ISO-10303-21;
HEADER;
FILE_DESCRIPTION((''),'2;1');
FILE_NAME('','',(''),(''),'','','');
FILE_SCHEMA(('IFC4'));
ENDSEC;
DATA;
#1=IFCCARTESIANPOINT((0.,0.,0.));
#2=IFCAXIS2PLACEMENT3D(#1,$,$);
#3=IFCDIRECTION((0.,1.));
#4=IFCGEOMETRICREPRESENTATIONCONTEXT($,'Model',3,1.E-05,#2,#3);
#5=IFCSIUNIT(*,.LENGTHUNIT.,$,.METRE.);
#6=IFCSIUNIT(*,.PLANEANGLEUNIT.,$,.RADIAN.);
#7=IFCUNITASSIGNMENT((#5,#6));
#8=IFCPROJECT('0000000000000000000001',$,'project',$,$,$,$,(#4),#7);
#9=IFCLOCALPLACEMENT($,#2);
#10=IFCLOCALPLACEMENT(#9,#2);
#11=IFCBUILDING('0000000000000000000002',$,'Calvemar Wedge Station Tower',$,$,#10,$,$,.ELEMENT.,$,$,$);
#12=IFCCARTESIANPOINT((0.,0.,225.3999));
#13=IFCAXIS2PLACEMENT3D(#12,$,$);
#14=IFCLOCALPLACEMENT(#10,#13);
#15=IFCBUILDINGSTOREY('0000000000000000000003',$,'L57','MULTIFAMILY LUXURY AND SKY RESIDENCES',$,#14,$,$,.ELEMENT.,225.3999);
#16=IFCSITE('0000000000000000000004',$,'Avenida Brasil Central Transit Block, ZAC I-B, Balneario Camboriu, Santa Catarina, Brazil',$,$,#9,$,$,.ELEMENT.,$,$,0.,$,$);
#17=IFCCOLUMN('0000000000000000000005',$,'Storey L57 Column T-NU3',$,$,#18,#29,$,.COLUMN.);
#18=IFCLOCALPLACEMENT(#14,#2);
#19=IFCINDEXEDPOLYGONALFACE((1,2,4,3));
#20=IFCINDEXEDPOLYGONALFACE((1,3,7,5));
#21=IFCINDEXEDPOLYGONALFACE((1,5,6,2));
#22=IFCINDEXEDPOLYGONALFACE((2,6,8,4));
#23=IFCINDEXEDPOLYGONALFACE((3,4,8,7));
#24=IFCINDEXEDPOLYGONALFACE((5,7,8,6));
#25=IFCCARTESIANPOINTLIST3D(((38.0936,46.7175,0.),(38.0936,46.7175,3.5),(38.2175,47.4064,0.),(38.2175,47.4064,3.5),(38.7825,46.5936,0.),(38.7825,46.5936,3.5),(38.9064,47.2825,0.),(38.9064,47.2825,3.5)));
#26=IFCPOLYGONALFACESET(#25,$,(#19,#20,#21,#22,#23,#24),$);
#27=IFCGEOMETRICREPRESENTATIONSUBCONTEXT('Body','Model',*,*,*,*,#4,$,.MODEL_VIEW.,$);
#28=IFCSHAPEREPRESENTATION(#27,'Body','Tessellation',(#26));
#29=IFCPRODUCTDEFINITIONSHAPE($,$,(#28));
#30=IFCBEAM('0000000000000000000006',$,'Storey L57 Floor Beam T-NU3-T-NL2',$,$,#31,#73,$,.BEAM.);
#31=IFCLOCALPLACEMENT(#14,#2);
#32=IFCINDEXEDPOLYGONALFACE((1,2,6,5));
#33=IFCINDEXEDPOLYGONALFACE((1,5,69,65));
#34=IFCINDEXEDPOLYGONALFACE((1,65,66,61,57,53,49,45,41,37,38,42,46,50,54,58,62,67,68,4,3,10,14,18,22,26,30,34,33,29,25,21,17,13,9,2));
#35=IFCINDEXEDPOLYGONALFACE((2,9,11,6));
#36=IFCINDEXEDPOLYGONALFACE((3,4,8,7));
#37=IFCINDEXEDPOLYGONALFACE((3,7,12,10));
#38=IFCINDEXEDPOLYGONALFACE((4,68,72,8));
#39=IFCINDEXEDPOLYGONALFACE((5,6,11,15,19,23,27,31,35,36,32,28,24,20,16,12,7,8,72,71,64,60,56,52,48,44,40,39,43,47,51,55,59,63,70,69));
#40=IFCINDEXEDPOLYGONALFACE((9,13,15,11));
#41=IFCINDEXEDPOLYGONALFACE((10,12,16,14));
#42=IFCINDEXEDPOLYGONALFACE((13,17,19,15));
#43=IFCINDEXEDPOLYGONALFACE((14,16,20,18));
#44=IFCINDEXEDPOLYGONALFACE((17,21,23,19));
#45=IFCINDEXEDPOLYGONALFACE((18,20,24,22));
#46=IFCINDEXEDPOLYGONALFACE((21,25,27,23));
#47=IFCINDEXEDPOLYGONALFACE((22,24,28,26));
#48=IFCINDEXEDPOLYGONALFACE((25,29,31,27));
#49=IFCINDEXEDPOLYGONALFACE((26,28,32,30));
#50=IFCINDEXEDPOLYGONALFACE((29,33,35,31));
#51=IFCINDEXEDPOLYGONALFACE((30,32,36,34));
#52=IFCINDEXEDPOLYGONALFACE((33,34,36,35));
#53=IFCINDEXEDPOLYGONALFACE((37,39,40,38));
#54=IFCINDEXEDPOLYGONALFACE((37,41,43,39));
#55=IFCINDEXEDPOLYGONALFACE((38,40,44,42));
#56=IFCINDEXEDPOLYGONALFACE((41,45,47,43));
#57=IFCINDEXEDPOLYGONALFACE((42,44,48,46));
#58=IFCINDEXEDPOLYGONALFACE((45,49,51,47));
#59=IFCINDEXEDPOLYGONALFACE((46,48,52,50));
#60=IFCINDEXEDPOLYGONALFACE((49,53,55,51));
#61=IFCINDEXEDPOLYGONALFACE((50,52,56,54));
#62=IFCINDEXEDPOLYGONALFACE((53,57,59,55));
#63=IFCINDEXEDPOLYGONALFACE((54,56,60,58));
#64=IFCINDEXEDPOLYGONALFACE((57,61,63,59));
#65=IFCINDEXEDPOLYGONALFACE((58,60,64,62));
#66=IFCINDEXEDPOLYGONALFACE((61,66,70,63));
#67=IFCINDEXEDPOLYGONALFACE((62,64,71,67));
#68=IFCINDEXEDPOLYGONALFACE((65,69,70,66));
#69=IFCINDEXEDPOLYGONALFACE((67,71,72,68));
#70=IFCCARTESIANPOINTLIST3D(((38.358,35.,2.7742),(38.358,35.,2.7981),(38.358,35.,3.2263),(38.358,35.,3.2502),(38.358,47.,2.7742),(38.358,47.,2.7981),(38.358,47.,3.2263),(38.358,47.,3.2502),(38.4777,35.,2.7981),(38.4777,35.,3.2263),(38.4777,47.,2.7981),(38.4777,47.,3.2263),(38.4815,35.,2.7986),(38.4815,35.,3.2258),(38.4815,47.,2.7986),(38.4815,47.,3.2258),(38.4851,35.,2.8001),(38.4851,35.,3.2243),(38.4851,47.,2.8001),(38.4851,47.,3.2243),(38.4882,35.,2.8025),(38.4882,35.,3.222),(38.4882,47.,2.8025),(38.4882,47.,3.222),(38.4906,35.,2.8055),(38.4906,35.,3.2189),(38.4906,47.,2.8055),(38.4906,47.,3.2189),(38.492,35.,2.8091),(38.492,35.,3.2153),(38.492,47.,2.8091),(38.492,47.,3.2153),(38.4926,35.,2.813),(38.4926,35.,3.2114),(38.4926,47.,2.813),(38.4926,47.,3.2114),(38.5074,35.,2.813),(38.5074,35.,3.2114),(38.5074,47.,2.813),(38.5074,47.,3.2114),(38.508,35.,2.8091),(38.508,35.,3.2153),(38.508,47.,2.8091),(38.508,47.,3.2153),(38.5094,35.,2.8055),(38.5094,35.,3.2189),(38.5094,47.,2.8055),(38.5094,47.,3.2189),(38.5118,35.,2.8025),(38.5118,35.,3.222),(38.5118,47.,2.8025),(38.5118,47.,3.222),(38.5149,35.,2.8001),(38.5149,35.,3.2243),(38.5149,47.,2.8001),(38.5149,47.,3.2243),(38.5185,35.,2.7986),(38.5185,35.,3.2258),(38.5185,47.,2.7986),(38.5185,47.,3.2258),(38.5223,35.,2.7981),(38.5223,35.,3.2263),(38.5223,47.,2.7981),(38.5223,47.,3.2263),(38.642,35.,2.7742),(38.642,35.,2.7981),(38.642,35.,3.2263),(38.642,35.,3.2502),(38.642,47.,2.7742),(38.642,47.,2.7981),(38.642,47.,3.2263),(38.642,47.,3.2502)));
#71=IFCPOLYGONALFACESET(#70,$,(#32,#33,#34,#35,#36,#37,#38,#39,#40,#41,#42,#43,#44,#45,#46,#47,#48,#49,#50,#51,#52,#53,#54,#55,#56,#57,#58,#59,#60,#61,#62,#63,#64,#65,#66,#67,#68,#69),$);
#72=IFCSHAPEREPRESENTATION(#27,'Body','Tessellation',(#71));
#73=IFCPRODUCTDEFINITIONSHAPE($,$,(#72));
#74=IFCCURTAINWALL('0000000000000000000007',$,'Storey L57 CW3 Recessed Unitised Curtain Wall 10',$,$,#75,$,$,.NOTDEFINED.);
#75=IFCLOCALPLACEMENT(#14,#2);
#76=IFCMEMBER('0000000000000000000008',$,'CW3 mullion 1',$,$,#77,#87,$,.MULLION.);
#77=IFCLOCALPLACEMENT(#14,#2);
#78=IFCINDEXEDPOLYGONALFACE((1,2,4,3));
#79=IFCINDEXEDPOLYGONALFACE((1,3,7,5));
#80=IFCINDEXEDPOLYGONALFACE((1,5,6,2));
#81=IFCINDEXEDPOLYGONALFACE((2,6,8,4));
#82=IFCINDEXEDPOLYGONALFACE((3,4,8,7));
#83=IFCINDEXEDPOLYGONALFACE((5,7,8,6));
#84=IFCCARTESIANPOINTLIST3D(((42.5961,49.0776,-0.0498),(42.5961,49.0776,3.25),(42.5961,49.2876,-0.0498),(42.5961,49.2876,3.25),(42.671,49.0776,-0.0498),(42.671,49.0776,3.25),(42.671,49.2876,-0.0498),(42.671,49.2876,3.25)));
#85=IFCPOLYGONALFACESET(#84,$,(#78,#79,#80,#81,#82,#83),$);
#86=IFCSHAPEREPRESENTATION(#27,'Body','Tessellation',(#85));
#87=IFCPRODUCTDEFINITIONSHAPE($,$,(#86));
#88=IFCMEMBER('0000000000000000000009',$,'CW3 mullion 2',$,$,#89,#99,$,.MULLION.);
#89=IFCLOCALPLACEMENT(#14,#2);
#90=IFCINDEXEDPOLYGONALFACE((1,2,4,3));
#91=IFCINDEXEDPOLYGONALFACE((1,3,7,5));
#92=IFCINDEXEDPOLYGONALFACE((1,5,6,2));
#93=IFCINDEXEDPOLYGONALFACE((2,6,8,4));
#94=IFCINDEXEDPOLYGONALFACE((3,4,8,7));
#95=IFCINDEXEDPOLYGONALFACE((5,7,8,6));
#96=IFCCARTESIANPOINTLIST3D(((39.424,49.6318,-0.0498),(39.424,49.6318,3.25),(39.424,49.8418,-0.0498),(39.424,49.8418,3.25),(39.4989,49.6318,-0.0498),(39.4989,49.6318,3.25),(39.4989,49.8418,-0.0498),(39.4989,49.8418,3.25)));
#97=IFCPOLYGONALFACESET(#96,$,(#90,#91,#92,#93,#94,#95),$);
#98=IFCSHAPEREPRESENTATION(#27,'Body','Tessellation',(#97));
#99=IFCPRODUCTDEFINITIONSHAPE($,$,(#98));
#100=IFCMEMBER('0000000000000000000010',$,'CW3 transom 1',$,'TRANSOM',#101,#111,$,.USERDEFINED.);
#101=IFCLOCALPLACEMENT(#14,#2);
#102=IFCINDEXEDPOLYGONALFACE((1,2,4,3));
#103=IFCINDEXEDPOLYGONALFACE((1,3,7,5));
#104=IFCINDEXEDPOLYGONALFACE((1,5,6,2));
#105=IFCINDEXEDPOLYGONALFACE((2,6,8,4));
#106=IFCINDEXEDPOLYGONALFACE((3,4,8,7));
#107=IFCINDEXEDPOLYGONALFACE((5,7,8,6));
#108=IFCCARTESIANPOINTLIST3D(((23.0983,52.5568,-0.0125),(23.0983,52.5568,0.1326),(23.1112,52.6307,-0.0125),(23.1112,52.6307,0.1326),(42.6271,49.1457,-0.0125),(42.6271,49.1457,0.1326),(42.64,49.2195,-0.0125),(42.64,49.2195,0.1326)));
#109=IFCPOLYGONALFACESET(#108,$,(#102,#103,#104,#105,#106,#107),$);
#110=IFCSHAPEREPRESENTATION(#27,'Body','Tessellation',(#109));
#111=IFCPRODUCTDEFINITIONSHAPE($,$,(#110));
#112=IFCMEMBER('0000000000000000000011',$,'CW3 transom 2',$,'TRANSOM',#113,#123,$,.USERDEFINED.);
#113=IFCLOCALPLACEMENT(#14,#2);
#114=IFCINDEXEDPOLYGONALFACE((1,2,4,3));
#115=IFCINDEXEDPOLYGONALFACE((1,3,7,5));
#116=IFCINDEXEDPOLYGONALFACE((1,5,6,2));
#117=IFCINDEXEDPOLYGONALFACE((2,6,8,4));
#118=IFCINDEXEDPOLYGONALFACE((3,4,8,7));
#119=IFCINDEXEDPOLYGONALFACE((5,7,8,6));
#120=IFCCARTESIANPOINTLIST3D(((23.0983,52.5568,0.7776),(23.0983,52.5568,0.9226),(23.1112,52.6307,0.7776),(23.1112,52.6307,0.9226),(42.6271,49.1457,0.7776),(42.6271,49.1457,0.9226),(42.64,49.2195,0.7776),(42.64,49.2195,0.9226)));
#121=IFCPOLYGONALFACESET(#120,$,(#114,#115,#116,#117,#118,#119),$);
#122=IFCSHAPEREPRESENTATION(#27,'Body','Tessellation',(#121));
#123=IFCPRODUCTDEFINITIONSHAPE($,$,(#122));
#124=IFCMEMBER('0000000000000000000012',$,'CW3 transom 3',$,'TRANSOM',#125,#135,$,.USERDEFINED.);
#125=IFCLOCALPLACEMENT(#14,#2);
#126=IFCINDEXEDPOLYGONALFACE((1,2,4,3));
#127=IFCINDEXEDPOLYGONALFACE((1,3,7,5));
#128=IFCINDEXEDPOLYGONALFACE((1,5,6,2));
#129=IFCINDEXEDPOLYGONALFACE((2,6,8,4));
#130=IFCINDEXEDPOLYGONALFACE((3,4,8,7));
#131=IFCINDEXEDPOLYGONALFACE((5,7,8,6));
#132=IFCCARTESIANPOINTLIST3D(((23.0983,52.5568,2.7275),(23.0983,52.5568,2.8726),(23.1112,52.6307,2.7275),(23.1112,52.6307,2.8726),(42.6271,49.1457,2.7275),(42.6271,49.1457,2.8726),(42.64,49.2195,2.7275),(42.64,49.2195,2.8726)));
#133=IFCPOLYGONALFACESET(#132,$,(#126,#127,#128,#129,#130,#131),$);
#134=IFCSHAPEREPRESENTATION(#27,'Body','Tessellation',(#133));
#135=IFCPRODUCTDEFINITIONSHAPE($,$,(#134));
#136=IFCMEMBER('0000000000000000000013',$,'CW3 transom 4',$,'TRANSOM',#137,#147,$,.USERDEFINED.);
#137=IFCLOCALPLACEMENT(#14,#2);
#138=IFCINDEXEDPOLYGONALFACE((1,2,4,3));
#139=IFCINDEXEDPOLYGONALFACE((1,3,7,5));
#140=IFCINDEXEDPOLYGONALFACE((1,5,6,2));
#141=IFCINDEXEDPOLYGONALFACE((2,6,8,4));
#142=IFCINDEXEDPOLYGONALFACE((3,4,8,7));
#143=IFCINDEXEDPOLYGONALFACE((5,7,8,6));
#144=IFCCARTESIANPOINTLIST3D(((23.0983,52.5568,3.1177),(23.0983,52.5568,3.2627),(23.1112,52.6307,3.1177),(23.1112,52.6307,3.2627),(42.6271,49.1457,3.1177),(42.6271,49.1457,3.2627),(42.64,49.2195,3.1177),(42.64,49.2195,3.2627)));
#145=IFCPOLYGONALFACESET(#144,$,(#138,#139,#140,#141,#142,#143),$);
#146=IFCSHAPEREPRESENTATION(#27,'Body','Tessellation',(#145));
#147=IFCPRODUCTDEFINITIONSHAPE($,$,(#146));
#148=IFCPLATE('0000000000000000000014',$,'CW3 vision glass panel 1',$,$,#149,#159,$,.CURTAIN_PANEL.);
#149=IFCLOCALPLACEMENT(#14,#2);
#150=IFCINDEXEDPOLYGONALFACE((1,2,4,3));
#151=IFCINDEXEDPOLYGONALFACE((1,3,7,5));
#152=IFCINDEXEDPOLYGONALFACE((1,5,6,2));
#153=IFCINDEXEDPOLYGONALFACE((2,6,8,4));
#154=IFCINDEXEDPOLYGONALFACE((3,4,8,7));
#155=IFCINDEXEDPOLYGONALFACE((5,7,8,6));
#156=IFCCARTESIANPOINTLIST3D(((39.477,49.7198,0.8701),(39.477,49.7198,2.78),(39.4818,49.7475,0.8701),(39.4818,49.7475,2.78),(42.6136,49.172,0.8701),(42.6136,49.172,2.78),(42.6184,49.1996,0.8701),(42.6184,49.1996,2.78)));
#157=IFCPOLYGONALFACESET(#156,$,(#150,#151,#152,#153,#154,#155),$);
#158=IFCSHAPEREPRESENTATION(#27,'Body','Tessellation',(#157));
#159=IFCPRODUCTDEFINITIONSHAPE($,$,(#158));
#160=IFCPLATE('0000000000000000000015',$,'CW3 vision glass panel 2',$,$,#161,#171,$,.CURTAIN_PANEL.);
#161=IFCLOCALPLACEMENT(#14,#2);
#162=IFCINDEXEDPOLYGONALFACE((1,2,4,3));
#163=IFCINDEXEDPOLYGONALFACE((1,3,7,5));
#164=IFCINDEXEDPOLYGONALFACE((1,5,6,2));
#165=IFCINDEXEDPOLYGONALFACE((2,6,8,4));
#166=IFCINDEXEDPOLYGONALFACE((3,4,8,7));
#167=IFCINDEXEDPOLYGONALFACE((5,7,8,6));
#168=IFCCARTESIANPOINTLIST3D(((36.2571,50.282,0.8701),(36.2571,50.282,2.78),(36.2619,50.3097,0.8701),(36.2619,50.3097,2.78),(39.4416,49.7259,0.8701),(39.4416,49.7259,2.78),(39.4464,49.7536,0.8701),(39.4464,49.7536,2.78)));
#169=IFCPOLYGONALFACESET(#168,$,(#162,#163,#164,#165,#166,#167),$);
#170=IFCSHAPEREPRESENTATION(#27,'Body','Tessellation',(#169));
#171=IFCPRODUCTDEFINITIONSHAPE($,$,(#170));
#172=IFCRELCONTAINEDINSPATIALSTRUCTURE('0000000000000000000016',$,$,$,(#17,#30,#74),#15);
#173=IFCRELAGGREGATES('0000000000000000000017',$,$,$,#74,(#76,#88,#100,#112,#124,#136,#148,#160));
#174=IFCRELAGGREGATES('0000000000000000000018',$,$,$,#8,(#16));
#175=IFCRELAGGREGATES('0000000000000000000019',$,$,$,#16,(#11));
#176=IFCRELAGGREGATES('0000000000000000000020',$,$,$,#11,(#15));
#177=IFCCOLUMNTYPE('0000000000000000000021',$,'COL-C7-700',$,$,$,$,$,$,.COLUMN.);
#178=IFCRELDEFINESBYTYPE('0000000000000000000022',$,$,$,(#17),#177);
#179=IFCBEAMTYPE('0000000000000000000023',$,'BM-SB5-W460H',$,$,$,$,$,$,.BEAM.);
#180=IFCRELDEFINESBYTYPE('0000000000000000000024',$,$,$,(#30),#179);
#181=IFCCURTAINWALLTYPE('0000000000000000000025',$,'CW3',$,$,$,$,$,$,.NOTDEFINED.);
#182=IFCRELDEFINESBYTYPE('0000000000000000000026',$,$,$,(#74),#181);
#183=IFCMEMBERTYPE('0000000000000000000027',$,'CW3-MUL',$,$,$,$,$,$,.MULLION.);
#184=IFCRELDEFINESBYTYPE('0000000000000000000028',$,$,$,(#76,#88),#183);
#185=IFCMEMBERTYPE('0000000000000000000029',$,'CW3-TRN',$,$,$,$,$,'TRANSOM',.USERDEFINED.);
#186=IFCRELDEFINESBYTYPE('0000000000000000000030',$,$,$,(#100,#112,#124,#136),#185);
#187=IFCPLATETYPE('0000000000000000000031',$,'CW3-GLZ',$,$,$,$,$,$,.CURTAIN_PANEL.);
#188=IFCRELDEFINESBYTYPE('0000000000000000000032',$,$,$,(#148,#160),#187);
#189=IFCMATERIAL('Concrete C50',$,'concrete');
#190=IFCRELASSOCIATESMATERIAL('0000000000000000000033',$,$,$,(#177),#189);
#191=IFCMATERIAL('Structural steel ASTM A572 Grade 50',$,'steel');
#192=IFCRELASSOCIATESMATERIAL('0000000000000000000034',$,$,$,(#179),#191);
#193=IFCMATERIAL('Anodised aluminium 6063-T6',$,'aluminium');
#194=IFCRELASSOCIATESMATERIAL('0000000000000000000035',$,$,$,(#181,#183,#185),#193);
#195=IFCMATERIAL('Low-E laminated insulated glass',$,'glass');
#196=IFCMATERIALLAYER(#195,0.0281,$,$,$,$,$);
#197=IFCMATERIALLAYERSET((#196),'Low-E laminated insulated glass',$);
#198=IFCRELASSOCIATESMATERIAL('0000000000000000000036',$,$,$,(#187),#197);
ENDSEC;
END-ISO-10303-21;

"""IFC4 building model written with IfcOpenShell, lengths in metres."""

from ifc_helpers import new_model, si_unit, direction, frame, frame_2d, origin, origin_2d, place, context, subcontext, project, spatial, rectangle, i_section, extrude, source, transform, mapped, material, layer, layer_set, material_profile, profile_set, type_object, element, aggregate, save


model = new_model("IFC4")

# Units and contexts
model_context = context("Model", 3, precision=1e-05, world=origin(), true_north=direction((0.0, 1.0)))
body_context = subcontext(model_context, "Body", "Model", "MODEL_VIEW")
ifc_project = project(units=[si_unit("LENGTHUNIT", "METRE"), si_unit("PLANEANGLEUNIT", "RADIAN")], contexts=[model_context])

# Site, building, storey
site_placement = place(None, origin())
site = spatial("IfcSite", under=ifc_project, at=site_placement, Name="Avenida Brasil Central Transit Block, ZAC I-B, Balneario Camboriu, Santa Catarina, Brazil", CompositionType="ELEMENT", RefElevation=0.0)
building_placement = place(site_placement, origin())
building = spatial("IfcBuilding", under=site, at=building_placement, Name="Calvemar Wedge Station Tower", CompositionType="ELEMENT")
storey_placement = place(building_placement, frame((0.0, 0.0, 225.3999)))
storey = spatial("IfcBuildingStorey", under=building, at=storey_placement, Name="L57", Description="MULTIFAMILY LUXURY AND SKY RESIDENCES", CompositionType="ELEMENT", Elevation=225.3999)

# Column
ifc_material_1 = material(Name="Concrete C50", Category="concrete")
ifc_material_profile_1 = material_profile(ifc_material_1, rectangle(XDim=0.7, YDim=0.7, at=origin_2d()), Name="RC700x700")
ifc_profile_set_1 = profile_set([ifc_material_profile_1], Name="Concrete C50")
column_type = type_object("IfcColumnType", Name="COL-C7-700", PredefinedType="COLUMN", material=ifc_profile_set_1)
shared_shape_1 = source(origin(), body_context, "Body", "SweptSolid", [
    extrude(rectangle(XDim=0.7, YDim=0.7, at=origin_2d()), origin(), (0.0, 0.0, 1.0), 3.5),
])
column_placement = place(storey_placement, frame((38.5, 47.0, 0.0), z_axis=(0.0, 0.0, 1.0), x_axis=(0.984196, -0.177085, 0.0)))
element("IfcColumn", 1, at=column_placement, inside=storey, type_object=column_type, Name="Storey L57 Column T-NU3", PredefinedType="COLUMN", context=body_context, shape_type="MappedRepresentation", body=[
    mapped(shared_shape_1, transform((0.0, 0.0, 0.0), scale=1.0)),
])

# Beam
ifc_material_2 = material(Name="Structural steel ASTM A572 Grade 50", Category="steel")
ifc_material_profile_2 = material_profile(ifc_material_2, i_section(OverallWidth=0.2839, OverallDepth=0.4761, WebThickness=0.0149, FlangeThickness=0.0239, FilletRadius=0.0149, at=origin_2d()), Name="W460x158")
ifc_profile_set_2 = profile_set([ifc_material_profile_2], Name="Structural steel ASTM A572 Grade 50")
beam_type = type_object("IfcBeamType", Name="BM-SB5-W460H", PredefinedType="BEAM", material=ifc_profile_set_2)
shared_shape_2 = source(origin(), body_context, "Body", "SweptSolid", [
    extrude(i_section(OverallWidth=0.2839, OverallDepth=0.4761, WebThickness=0.0149, FlangeThickness=0.0239, FilletRadius=0.0149, at=origin_2d()), origin(), (0.0, 0.0, 1.0), 12.0),
])
beam_placement = place(storey_placement, frame((38.5, 47.0, 3.0122), z_axis=(0.0, -1.0, 0.0), x_axis=(1.0, 0.0, 0.0)))
element("IfcBeam", 2, at=beam_placement, inside=storey, type_object=beam_type, Name="Storey L57 Floor Beam T-NU3-T-NL2", PredefinedType="BEAM", context=body_context, shape_type="MappedRepresentation", body=[
    mapped(shared_shape_2, transform((0.0, 0.0, 0.0), scale=1.0)),
])

# Curtain wall, members, plates
ifc_material_3 = material(Name="Anodised aluminium 6063-T6", Category="aluminium")
curtain_wall_type = type_object("IfcCurtainWallType", Name="CW3", PredefinedType="NOTDEFINED", material=ifc_material_3)
curtain_wall_placement = place(storey_placement, origin())
curtain_wall = element("IfcCurtainWall", 3, at=curtain_wall_placement, inside=storey, type_object=curtain_wall_type, Name="Storey L57 CW3 Recessed Unitised Curtain Wall 10", PredefinedType="NOTDEFINED")
ifc_material_profile_3 = material_profile(ifc_material_3, rectangle(XDim=0.075, YDim=0.21, at=origin_2d()), Name="AL-MUL-75x210")
ifc_profile_set_3 = profile_set([ifc_material_profile_3], Name="Anodised aluminium 6063-T6")
member_type_1 = type_object("IfcMemberType", Name="CW3-MUL", PredefinedType="MULLION", material=ifc_profile_set_3)
shared_shape_3 = source(origin(), body_context, "Body", "SweptSolid", [
    extrude(rectangle(XDim=0.075, YDim=0.21, at=origin_2d()), origin(), (0.0, 0.0, 1.0), 3.2998),
])
member_1_placement = place(storey_placement, frame((42.6335, 49.1826, -0.0498), z_axis=(0.0, 0.0, 1.0), x_axis=(1.0, 0.0, 0.0)))
member_1 = element("IfcMember", 4, at=member_1_placement, type_object=member_type_1, Name="CW3 mullion 1", PredefinedType="MULLION", context=body_context, shape_type="MappedRepresentation", body=[
    mapped(shared_shape_3, transform((0.0, 0.0, 0.0), scale=1.0)),
])
member_2_placement = place(storey_placement, frame((39.4614, 49.7368, -0.0498), z_axis=(0.0, 0.0, 1.0), x_axis=(1.0, 0.0, 0.0)))
member_2 = element("IfcMember", 5, at=member_2_placement, type_object=member_type_1, Name="CW3 mullion 2", PredefinedType="MULLION", context=body_context, shape_type="MappedRepresentation", body=[
    mapped(shared_shape_3, transform((0.0, 0.0, 0.0), scale=1.0)),
])
ifc_material_profile_4 = material_profile(ifc_material_3, rectangle(XDim=0.075, YDim=0.145, at=origin_2d()), Name="AL-TRN-75x145")
ifc_profile_set_4 = profile_set([ifc_material_profile_4], Name="Anodised aluminium 6063-T6")
member_type_2 = type_object("IfcMemberType", Name="CW3-TRN", ElementType="TRANSOM", PredefinedType="USERDEFINED", material=ifc_profile_set_4)
shared_shape_4 = source(origin(), body_context, "Body", "SweptSolid", [
    extrude(rectangle(XDim=0.075, YDim=0.145, at=origin_2d()), origin(), (0.0, 0.0, 1.0), 19.8245),
])
member_3_placement = place(storey_placement, frame((42.6335, 49.1826, 0.0601), z_axis=(-0.985085, 0.172067, 0.0), x_axis=(-0.172067, -0.985085, 0.0)))
member_3 = element("IfcMember", 6, at=member_3_placement, type_object=member_type_2, Name="CW3 transom 1", ObjectType="TRANSOM", PredefinedType="USERDEFINED", context=body_context, shape_type="MappedRepresentation", body=[
    mapped(shared_shape_4, transform((0.0, 0.0, 0.0), scale=1.0)),
])
member_4_placement = place(storey_placement, frame((42.6335, 49.1826, 0.8501), z_axis=(-0.985085, 0.172067, 0.0), x_axis=(-0.172067, -0.985085, 0.0)))
member_4 = element("IfcMember", 7, at=member_4_placement, type_object=member_type_2, Name="CW3 transom 2", ObjectType="TRANSOM", PredefinedType="USERDEFINED", context=body_context, shape_type="MappedRepresentation", body=[
    mapped(shared_shape_4, transform((0.0, 0.0, 0.0), scale=1.0)),
])
member_5_placement = place(storey_placement, frame((42.6335, 49.1826, 2.8), z_axis=(-0.985085, 0.172067, 0.0), x_axis=(-0.172067, -0.985085, 0.0)))
member_5 = element("IfcMember", 8, at=member_5_placement, type_object=member_type_2, Name="CW3 transom 3", ObjectType="TRANSOM", PredefinedType="USERDEFINED", context=body_context, shape_type="MappedRepresentation", body=[
    mapped(shared_shape_4, transform((0.0, 0.0, 0.0), scale=1.0)),
])
member_6_placement = place(storey_placement, frame((42.6335, 49.1826, 3.1902), z_axis=(-0.985085, 0.172067, 0.0), x_axis=(-0.172067, -0.985085, 0.0)))
member_6 = element("IfcMember", 9, at=member_6_placement, type_object=member_type_2, Name="CW3 transom 4", ObjectType="TRANSOM", PredefinedType="USERDEFINED", context=body_context, shape_type="MappedRepresentation", body=[
    mapped(shared_shape_4, transform((0.0, 0.0, 0.0), scale=1.0)),
])
ifc_material_4 = material(Name="Low-E laminated insulated glass", Category="glass")
ifc_layer_1 = layer(ifc_material_4, 0.0281)
ifc_layer_set_1 = layer_set([ifc_layer_1], Name="Low-E laminated insulated glass")
plate_type_1 = type_object("IfcPlateType", Name="CW3-GLZ", PredefinedType="CURTAIN_PANEL", material=ifc_layer_set_1)
plate_1_placement = place(storey_placement, frame((42.616, 49.1858, 0.8701), z_axis=(0.0, 0.0, 1.0), x_axis=(-0.985088, 0.172053, 0.0)))
plate_1 = element("IfcPlate", 10, at=plate_1_placement, type_object=plate_type_1, Name="CW3 vision glass panel 1", PredefinedType="CURTAIN_PANEL", context=body_context, shape_type="SweptSolid", body=[
    extrude(rectangle(XDim=3.1841, YDim=0.0281, at=frame_2d((1.592, 0.0))), origin(), (0.0, 0.0, 1.0), 1.9099),
])
plate_2_placement = place(storey_placement, frame((39.4438, 49.7397, 0.8701), z_axis=(0.0, 0.0, 1.0), x_axis=(-0.985091, 0.172036, 0.0)))
plate_2 = element("IfcPlate", 11, at=plate_2_placement, type_object=plate_type_1, Name="CW3 vision glass panel 2", PredefinedType="CURTAIN_PANEL", context=body_context, shape_type="SweptSolid", body=[
    extrude(rectangle(XDim=3.2327, YDim=0.0281, at=frame_2d((1.6162, 0.0))), origin(), (0.0, 0.0, 1.0), 1.9099),
])
aggregate(curtain_wall, [member_1, member_2, member_3, member_4, member_5, member_6, plate_1, plate_2])

save(model, "model.ifc")
